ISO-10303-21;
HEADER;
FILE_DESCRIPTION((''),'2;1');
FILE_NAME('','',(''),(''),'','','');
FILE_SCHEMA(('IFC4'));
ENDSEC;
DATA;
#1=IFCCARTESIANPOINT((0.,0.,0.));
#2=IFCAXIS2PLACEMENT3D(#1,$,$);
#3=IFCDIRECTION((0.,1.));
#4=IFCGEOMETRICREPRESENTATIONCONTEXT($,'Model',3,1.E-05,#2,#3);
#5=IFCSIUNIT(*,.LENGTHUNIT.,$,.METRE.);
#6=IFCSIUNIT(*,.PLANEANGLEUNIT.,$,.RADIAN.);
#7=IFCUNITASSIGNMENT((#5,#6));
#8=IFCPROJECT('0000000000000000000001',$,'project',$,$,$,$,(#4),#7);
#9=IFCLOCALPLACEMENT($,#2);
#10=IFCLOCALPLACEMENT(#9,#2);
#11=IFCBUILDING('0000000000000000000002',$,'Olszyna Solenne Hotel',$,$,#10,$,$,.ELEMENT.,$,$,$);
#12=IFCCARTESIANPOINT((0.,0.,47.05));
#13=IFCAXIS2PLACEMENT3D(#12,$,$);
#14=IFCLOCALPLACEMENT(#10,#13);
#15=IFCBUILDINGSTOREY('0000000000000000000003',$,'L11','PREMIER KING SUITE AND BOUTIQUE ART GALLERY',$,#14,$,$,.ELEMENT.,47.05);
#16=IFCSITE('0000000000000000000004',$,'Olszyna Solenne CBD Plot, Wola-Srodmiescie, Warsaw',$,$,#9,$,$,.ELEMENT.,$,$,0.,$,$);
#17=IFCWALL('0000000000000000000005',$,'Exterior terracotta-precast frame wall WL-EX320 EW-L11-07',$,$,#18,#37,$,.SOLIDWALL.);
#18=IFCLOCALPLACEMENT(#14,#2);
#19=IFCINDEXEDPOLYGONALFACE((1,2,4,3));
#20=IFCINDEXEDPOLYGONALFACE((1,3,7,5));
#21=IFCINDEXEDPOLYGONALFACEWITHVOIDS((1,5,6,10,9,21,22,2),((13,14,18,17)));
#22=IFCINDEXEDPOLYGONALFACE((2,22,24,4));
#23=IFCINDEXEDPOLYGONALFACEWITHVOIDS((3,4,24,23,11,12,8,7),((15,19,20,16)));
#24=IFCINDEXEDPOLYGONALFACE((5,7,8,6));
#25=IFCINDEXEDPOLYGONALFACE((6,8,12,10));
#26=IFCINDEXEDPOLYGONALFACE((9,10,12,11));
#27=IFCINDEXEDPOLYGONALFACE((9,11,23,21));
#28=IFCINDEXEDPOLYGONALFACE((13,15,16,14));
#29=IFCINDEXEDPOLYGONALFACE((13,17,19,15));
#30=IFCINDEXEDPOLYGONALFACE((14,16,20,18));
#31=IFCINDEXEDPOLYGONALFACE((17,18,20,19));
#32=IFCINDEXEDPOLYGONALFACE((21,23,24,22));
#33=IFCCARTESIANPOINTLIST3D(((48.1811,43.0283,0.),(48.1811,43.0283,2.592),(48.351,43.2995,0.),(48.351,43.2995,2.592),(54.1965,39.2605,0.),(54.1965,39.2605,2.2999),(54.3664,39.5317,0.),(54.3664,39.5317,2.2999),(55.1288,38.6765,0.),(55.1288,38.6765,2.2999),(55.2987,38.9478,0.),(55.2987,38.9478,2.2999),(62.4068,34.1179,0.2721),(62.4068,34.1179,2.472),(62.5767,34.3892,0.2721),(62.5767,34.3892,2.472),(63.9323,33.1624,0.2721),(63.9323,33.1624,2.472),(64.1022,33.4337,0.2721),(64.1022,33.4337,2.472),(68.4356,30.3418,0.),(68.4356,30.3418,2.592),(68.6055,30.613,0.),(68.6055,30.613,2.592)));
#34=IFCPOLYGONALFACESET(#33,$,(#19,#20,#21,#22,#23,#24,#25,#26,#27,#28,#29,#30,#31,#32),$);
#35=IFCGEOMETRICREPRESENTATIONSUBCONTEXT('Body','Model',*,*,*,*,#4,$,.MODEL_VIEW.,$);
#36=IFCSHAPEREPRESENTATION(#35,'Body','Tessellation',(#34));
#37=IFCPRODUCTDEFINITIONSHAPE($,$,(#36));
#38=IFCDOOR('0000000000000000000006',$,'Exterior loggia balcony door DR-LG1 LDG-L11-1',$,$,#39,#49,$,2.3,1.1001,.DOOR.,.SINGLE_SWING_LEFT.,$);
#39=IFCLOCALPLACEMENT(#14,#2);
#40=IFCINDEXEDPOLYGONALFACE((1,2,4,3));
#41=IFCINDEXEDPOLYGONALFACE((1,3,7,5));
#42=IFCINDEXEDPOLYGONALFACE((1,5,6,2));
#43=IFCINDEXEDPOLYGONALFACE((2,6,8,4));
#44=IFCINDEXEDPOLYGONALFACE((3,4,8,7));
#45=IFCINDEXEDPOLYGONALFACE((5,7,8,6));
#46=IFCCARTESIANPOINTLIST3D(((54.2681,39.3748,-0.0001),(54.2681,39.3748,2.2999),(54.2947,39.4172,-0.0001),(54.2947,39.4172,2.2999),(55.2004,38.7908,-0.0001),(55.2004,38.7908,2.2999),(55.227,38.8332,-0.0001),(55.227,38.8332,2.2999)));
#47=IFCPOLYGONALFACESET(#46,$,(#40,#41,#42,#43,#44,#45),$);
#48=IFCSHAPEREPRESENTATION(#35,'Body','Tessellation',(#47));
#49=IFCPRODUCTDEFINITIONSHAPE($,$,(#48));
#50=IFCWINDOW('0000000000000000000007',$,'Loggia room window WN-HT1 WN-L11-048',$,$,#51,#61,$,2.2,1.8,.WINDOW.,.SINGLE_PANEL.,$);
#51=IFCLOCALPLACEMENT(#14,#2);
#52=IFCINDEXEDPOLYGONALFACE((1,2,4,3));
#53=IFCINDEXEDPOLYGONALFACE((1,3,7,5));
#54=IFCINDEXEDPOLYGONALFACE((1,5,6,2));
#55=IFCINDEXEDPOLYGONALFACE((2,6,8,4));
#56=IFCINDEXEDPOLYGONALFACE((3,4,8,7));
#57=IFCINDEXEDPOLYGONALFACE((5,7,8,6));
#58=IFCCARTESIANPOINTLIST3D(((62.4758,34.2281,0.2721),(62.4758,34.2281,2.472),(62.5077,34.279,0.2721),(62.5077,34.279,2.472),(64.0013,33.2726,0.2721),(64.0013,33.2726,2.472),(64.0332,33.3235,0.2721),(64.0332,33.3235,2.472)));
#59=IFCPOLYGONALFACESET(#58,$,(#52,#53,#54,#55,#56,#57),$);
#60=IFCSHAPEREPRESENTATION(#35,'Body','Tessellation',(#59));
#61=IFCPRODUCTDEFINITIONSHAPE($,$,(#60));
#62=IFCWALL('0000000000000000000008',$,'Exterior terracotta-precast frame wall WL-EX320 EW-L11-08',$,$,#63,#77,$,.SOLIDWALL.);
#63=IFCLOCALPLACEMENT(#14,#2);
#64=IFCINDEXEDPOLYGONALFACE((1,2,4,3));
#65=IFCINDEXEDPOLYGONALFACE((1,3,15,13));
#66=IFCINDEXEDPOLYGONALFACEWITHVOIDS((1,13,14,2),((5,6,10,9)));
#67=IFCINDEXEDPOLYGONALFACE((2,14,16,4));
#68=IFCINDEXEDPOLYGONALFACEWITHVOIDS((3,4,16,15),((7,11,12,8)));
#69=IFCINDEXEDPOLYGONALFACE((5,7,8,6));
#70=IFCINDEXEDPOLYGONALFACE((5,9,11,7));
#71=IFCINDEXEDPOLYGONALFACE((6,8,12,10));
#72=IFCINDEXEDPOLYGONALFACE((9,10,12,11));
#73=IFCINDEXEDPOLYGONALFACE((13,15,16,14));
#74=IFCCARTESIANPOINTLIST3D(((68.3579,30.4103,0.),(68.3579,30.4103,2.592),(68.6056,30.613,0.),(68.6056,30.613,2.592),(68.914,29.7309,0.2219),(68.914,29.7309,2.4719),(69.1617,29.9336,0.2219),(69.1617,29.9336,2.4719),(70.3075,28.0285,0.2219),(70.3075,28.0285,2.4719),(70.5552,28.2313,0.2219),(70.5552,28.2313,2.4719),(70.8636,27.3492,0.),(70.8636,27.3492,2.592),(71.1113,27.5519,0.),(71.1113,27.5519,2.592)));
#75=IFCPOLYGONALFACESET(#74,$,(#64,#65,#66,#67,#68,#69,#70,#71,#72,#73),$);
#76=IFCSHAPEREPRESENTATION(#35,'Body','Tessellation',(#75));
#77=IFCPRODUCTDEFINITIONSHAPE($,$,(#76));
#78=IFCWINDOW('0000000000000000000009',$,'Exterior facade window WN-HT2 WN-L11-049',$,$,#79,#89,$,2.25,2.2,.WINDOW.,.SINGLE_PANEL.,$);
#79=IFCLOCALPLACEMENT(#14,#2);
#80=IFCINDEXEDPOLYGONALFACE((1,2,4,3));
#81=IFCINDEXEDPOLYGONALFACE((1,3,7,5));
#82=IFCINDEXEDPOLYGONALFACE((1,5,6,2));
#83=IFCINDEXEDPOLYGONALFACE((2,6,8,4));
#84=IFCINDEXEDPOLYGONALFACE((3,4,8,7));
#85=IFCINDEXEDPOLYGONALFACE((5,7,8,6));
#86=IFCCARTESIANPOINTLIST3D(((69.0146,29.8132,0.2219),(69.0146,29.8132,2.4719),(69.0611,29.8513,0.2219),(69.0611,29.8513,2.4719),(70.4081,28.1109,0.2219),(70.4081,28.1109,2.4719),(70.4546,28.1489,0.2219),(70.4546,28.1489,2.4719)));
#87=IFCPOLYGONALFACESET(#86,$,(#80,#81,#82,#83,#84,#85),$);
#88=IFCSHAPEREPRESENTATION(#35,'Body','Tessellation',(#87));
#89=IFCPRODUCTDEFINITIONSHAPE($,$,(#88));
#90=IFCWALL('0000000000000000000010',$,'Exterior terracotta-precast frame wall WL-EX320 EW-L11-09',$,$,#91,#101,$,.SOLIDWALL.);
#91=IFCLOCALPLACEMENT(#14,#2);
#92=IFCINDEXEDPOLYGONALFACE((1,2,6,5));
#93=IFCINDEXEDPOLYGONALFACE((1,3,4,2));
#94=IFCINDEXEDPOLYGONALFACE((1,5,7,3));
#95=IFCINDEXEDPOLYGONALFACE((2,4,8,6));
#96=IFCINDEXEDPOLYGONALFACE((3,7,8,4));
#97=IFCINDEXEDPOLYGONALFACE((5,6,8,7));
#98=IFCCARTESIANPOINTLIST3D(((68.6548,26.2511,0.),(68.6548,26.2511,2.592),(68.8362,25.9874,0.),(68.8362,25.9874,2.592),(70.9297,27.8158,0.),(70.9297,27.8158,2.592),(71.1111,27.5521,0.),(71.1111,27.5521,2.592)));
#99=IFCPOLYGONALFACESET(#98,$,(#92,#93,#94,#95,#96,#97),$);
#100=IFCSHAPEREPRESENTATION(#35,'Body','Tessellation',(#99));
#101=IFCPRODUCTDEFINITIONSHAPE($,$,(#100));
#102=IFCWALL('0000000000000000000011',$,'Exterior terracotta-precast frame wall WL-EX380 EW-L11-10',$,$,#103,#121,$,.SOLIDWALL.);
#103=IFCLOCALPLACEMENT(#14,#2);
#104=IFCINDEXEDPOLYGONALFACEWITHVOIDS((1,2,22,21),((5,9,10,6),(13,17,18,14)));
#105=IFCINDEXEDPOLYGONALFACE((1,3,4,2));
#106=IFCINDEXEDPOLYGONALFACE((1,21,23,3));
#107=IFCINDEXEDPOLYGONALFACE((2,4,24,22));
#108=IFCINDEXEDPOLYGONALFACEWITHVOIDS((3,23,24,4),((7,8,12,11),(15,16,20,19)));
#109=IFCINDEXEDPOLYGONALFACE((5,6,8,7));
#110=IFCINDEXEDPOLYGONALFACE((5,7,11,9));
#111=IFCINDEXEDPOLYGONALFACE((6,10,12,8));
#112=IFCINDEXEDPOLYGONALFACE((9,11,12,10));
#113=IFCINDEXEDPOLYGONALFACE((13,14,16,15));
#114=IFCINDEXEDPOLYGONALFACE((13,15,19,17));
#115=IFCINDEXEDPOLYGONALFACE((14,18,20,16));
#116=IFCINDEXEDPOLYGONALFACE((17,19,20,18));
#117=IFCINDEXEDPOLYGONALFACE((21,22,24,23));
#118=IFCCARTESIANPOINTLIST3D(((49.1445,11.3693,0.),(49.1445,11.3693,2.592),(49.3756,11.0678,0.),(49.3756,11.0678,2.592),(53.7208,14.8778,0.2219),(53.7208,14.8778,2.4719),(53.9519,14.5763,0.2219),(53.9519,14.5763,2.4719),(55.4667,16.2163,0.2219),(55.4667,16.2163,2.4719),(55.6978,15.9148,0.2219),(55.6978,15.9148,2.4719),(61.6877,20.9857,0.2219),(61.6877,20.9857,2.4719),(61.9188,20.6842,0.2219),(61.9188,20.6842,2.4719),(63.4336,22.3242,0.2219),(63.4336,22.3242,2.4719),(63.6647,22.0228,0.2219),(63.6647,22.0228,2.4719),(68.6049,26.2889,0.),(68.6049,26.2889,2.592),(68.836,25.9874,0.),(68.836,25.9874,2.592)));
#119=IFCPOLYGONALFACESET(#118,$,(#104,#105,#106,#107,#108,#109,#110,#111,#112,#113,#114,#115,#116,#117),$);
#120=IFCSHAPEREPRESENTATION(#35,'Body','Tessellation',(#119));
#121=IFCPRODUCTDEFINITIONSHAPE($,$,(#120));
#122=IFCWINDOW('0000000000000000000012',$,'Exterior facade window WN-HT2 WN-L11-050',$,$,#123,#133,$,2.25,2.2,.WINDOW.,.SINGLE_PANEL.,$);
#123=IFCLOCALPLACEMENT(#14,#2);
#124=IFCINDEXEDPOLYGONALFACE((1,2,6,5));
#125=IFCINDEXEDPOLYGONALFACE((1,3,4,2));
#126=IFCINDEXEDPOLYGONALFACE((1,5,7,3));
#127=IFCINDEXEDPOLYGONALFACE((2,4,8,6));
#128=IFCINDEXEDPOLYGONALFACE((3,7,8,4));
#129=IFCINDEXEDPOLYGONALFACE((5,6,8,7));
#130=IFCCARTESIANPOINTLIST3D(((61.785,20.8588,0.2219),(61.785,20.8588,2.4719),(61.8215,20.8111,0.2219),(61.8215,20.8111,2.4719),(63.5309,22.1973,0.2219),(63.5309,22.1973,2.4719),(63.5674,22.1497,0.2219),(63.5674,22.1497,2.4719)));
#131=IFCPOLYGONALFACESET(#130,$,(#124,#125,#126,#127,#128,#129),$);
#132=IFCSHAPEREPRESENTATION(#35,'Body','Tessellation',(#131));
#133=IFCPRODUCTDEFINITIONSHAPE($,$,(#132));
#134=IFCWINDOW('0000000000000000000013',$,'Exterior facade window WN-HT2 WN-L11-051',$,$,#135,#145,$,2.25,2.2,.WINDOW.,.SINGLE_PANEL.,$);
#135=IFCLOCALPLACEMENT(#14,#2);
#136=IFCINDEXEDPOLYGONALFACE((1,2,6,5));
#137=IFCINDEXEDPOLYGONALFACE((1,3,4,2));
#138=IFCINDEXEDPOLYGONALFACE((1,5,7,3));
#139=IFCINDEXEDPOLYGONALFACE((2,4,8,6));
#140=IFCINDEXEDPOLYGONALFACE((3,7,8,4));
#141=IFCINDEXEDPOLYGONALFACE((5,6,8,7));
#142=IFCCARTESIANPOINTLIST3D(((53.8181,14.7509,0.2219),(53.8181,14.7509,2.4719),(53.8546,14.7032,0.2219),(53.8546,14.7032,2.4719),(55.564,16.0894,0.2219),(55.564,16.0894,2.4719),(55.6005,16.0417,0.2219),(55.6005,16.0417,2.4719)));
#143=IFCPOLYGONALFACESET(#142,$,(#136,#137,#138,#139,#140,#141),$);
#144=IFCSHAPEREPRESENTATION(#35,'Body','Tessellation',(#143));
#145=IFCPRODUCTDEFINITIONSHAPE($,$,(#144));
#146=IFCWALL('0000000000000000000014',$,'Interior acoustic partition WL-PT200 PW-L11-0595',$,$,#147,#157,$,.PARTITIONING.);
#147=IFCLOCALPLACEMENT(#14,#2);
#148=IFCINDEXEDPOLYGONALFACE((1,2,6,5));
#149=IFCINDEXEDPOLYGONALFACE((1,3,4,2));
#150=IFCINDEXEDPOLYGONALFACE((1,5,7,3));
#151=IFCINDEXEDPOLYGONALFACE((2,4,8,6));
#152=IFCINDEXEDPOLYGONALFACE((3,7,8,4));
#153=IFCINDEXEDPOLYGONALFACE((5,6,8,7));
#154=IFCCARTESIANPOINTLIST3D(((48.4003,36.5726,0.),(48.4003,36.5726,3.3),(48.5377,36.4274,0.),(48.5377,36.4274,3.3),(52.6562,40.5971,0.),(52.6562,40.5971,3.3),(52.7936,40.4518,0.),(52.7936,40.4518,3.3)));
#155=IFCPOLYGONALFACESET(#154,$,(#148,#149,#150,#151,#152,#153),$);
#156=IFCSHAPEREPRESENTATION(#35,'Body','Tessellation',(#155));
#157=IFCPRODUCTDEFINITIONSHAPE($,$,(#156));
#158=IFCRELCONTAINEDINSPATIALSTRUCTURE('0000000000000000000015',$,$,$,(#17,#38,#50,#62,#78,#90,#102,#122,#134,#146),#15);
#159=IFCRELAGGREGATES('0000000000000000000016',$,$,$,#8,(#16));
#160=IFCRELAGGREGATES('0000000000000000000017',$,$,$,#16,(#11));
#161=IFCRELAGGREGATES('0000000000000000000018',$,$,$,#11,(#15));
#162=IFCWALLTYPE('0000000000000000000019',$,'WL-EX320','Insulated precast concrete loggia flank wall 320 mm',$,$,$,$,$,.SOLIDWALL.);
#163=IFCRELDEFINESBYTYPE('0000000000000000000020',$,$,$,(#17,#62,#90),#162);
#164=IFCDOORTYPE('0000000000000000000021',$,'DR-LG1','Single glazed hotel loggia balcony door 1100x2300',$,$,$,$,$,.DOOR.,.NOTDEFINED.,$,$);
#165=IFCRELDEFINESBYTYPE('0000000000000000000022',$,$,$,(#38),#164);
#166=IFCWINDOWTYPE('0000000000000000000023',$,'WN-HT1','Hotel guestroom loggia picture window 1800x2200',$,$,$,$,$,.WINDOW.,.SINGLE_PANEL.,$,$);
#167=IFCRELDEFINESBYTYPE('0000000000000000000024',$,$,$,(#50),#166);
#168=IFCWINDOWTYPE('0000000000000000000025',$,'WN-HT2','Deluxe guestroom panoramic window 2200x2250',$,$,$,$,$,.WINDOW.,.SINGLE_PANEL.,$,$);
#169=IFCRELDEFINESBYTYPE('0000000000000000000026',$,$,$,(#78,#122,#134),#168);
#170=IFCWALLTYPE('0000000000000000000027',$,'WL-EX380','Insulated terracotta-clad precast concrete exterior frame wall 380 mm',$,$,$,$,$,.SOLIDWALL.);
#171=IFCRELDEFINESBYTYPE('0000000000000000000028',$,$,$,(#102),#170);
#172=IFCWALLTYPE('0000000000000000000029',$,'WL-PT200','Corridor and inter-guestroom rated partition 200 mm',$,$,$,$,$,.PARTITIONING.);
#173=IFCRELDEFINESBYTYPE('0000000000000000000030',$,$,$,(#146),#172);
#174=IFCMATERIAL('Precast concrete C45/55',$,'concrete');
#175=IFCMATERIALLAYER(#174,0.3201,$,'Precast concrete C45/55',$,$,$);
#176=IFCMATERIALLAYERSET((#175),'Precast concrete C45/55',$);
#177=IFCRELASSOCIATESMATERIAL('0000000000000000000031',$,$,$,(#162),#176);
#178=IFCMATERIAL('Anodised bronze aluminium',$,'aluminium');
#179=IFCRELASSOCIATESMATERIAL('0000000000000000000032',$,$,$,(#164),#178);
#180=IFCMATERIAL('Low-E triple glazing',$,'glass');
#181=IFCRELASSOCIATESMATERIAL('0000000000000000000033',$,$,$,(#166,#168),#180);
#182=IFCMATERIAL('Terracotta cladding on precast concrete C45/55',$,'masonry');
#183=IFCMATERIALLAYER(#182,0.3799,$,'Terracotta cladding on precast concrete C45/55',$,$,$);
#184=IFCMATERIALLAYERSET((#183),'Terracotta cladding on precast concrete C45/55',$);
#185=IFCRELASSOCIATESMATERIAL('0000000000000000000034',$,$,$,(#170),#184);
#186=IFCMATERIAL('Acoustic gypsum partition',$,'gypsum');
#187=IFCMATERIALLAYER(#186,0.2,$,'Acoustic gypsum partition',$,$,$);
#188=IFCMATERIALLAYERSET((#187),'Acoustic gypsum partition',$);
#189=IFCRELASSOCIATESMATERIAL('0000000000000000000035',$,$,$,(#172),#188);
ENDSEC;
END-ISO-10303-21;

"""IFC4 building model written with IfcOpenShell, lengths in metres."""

from ifc_helpers import new_model, si_unit, direction, frame, frame_2d, origin, place, context, subcontext, project, spatial, rectangle, extrude, source, transform, mapped, material, layer, layer_set, type_object, type_shapes, element, fill, save


model = new_model("IFC4")

# Units and contexts
model_context = context("Model", 3, precision=1e-05, world=origin(), true_north=direction((0.0, 1.0)))
body_context = subcontext(model_context, "Body", "Model", "MODEL_VIEW")
ifc_project = project(units=[si_unit("LENGTHUNIT", "METRE"), si_unit("PLANEANGLEUNIT", "RADIAN")], contexts=[model_context])

# Site, building, storey
site_placement = place(None, origin())
site = spatial("IfcSite", under=ifc_project, at=site_placement, Name="Olszyna Solenne CBD Plot, Wola-Srodmiescie, Warsaw", CompositionType="ELEMENT", RefElevation=0.0)
building_placement = place(site_placement, origin())
building = spatial("IfcBuilding", under=site, at=building_placement, Name="Olszyna Solenne Hotel", CompositionType="ELEMENT")
storey_placement = place(building_placement, frame((0.0, 0.0, 47.05)))
storey = spatial("IfcBuildingStorey", under=building, at=storey_placement, Name="L11", Description="PREMIER KING SUITE AND BOUTIQUE ART GALLERY", CompositionType="ELEMENT", Elevation=47.05)

# Shared definitions
ifc_material_1 = material(Name="Anodised bronze aluminium", Category="aluminium")

# Wall, openings, door, window
ifc_material_2 = material(Name="Precast concrete C45/55", Category="concrete")
ifc_layer_1 = layer(ifc_material_2, 0.3201, Name="Precast concrete C45/55")
ifc_layer_set_1 = layer_set([ifc_layer_1], Name="Precast concrete C45/55")
wall_type_1 = type_object("IfcWallType", Name="WL-EX320", Description="Insulated precast concrete loggia flank wall 320 mm", PredefinedType="SOLIDWALL", material=ifc_layer_set_1)
wall_1_placement = place(storey_placement, frame((48.2661, 43.1638, 0.0), z_axis=(0.0, 0.0, 1.0), x_axis=(0.847483, -0.530822, 0.0)))
wall_1 = element("IfcWall", 1, at=wall_1_placement, inside=storey, type_object=wall_type_1, Name="Exterior terracotta-precast frame wall WL-EX320 EW-L11-07", PredefinedType="SOLIDWALL", context=body_context, shape_type="SweptSolid", body=[
    extrude(rectangle(XDim=23.8997, YDim=0.3201, at=frame_2d((11.9497, 0.0))), origin(), (0.0, 0.0, 1.0), 2.592),
])
opening_1_placement = place(wall_1_placement, frame((7.0979, 0.0, 0.0)))
opening_1 = element("IfcOpeningElement", 2, at=opening_1_placement, cuts=wall_1, PredefinedType="OPENING", context=body_context, shape_type="SweptSolid", body=[
    extrude(rectangle(XDim=1.1001, YDim=2.3, at=frame_2d((0.55, 1.1499))), frame((0.0, 0.1699, 0.0), z_axis=(0.0, -1.0, 0.0), x_axis=(1.0, 0.0, 0.0)), (0.0, 0.0, 1.0), 0.3401),
])
opening_2_placement = place(wall_1_placement, frame((16.7859, 0.0, 0.272)))
opening_2 = element("IfcOpeningElement", 3, at=opening_2_placement, cuts=wall_1, PredefinedType="OPENING", context=body_context, shape_type="SweptSolid", body=[
    extrude(rectangle(XDim=1.8, YDim=2.2, at=frame_2d((0.8999, 1.1001))), frame((0.0, 0.1699, 0.0), z_axis=(0.0, -1.0, 0.0), x_axis=(1.0, 0.0, 0.0)), (0.0, 0.0, 1.0), 0.3401),
])
door_type_1 = type_object("IfcDoorType", Name="DR-LG1", Description="Single glazed hotel loggia balcony door 1100x2300", OperationType="NOTDEFINED", PredefinedType="DOOR", material=ifc_material_1)
shared_shape_1 = source(origin(), body_context, "Body", "SweptSolid", [
    extrude(rectangle(XDim=1.1001, YDim=2.3, at=frame_2d((0.55, 1.1499))), frame((0.0, 0.0249, 0.0), z_axis=(0.0, -1.0, 0.0), x_axis=(1.0, 0.0, 0.0)), (0.0, 0.0, 1.0), 0.05),
])
type_shapes(door_type_1, [shared_shape_1])
door_1_placement = place(opening_1_placement, origin())
door_1 = element("IfcDoor", 4, at=door_1_placement, inside=storey, type_object=door_type_1, Name="Exterior loggia balcony door DR-LG1 LDG-L11-1", OperationType="SINGLE_SWING_LEFT", OverallHeight=2.3, OverallWidth=1.1001, PredefinedType="DOOR", context=body_context, shape_type="MappedRepresentation", body=[
    mapped(shared_shape_1, transform((0.0, 0.0, 0.0), x_axis=(1.0, 0.0, 0.0), y_axis=(0.0, 1.0, 0.0), z_axis=(0.0, 0.0, 1.0), scale=1.0)),
])
fill(opening_1, door_1)
ifc_material_3 = material(Name="Low-E triple glazing", Category="glass")
window_type_1 = type_object("IfcWindowType", Name="WN-HT1", Description="Hotel guestroom loggia picture window 1800x2200", PartitioningType="SINGLE_PANEL", PredefinedType="WINDOW", material=ifc_material_3)
shared_shape_2 = source(origin(), body_context, "Body", "SweptSolid", [
    extrude(rectangle(XDim=1.8, YDim=2.2, at=frame_2d((0.8999, 1.1001))), frame((0.0, 0.03, 0.0), z_axis=(0.0, -1.0, 0.0), x_axis=(1.0, 0.0, 0.0)), (0.0, 0.0, 1.0), 0.0601),
])
type_shapes(window_type_1, [shared_shape_2])
window_1_placement = place(opening_2_placement, origin())
window_1 = element("IfcWindow", 5, at=window_1_placement, inside=storey, type_object=window_type_1, Name="Loggia room window WN-HT1 WN-L11-048", OverallHeight=2.2, OverallWidth=1.8, PartitioningType="SINGLE_PANEL", PredefinedType="WINDOW", context=body_context, shape_type="MappedRepresentation", body=[
    mapped(shared_shape_2, transform((0.0, 0.0, 0.0), x_axis=(1.0, 0.0, 0.0), y_axis=(0.0, 1.0, 0.0), z_axis=(0.0, 0.0, 1.0), scale=1.0)),
])
fill(opening_2, window_1)

# Wall, opening, window
wall_2_placement = place(storey_placement, frame((68.4817, 30.5117, 0.0), z_axis=(0.0, 0.0, 1.0), x_axis=(0.633409, -0.773817, 0.0)))
wall_2 = element("IfcWall", 6, at=wall_2_placement, inside=storey, type_object=wall_type_1, Name="Exterior terracotta-precast frame wall WL-EX320 EW-L11-08", PredefinedType="SOLIDWALL", context=body_context, shape_type="SweptSolid", body=[
    extrude(rectangle(XDim=3.9558, YDim=0.3201, at=frame_2d((1.978, 0.0))), origin(), (0.0, 0.0, 1.0), 2.592),
])
opening_3_placement = place(wall_2_placement, frame((0.8779, 0.0, 0.2219)))
opening_3 = element("IfcOpeningElement", 7, at=opening_3_placement, cuts=wall_2, PredefinedType="OPENING", context=body_context, shape_type="SweptSolid", body=[
    extrude(rectangle(XDim=2.2, YDim=2.25, at=frame_2d((1.1001, 1.125))), frame((0.0, 0.1699, 0.0), z_axis=(0.0, -1.0, 0.0), x_axis=(1.0, 0.0, 0.0)), (0.0, 0.0, 1.0), 0.3401),
])
window_type_2 = type_object("IfcWindowType", Name="WN-HT2", Description="Deluxe guestroom panoramic window 2200x2250", PartitioningType="SINGLE_PANEL", PredefinedType="WINDOW", material=ifc_material_3)
shared_shape_3 = source(origin(), body_context, "Body", "SweptSolid", [
    extrude(rectangle(XDim=2.2, YDim=2.25, at=frame_2d((1.1001, 1.125))), frame((0.0, 0.03, 0.0), z_axis=(0.0, -1.0, 0.0), x_axis=(1.0, 0.0, 0.0)), (0.0, 0.0, 1.0), 0.0601),
])
type_shapes(window_type_2, [shared_shape_3])
window_2_placement = place(opening_3_placement, origin())
window_2 = element("IfcWindow", 8, at=window_2_placement, inside=storey, type_object=window_type_2, Name="Exterior facade window WN-HT2 WN-L11-049", OverallHeight=2.25, OverallWidth=2.2, PartitioningType="SINGLE_PANEL", PredefinedType="WINDOW", context=body_context, shape_type="MappedRepresentation", body=[
    mapped(shared_shape_3, transform((0.0, 0.0, 0.0), x_axis=(1.0, 0.0, 0.0), y_axis=(0.0, 1.0, 0.0), z_axis=(0.0, 0.0, 1.0), scale=1.0)),
])
fill(opening_3, window_2)

# Wall
wall_3_placement = place(storey_placement, frame((71.0203, 27.6838, 0.0), z_axis=(0.0, 0.0, 1.0), x_axis=(-0.823923, -0.566701, 0.0)))
element("IfcWall", 9, at=wall_3_placement, inside=storey, type_object=wall_type_1, Name="Exterior terracotta-precast frame wall WL-EX320 EW-L11-09", PredefinedType="SOLIDWALL", context=body_context, shape_type="SweptSolid", body=[
    extrude(rectangle(XDim=2.761, YDim=0.3201, at=frame_2d((1.3804, 0.0))), origin(), (0.0, 0.0, 1.0), 2.592),
])

# Wall, openings, windows
ifc_material_4 = material(Name="Terracotta cladding on precast concrete C45/55", Category="masonry")
ifc_layer_2 = layer(ifc_material_4, 0.3799, Name="Terracotta cladding on precast concrete C45/55")
ifc_layer_set_2 = layer_set([ifc_layer_2], Name="Terracotta cladding on precast concrete C45/55")
wall_type_2 = type_object("IfcWallType", Name="WL-EX380", Description="Insulated terracotta-clad precast concrete exterior frame wall 380 mm", PredefinedType="SOLIDWALL", material=ifc_layer_set_2)
wall_4_placement = place(storey_placement, frame((68.7205, 26.1382, 0.0), z_axis=(0.0, 0.0, 1.0), x_axis=(-0.793606, -0.608432, 0.0)))
wall_4 = element("IfcWall", 10, at=wall_4_placement, inside=storey, type_object=wall_type_2, Name="Exterior terracotta-precast frame wall WL-EX380 EW-L11-10", PredefinedType="SOLIDWALL", context=body_context, shape_type="SweptSolid", body=[
    extrude(rectangle(XDim=24.5215, YDim=0.3799, at=frame_2d((12.2607, 0.0))), origin(), (0.0, 0.0, 1.0), 2.592),
])
opening_4_placement = place(wall_4_placement, frame((6.5161, 0.0, 0.2219)))
opening_4 = element("IfcOpeningElement", 11, at=opening_4_placement, cuts=wall_4, PredefinedType="OPENING", context=body_context, shape_type="SweptSolid", body=[
    extrude(rectangle(XDim=2.2, YDim=2.25, at=frame_2d((1.1001, 1.125))), frame((0.0, 0.2, 0.0), z_axis=(0.0, -1.0, 0.0), x_axis=(1.0, 0.0, 0.0)), (0.0, 0.0, 1.0), 0.3999),
])
opening_5_placement = place(wall_4_placement, frame((16.5549, 0.0, 0.2219)))
opening_5 = element("IfcOpeningElement", 12, at=opening_5_placement, cuts=wall_4, PredefinedType="OPENING", context=body_context, shape_type="SweptSolid", body=[
    extrude(rectangle(XDim=2.2, YDim=2.25, at=frame_2d((1.1001, 1.125))), frame((0.0, 0.2, 0.0), z_axis=(0.0, -1.0, 0.0), x_axis=(1.0, 0.0, 0.0)), (0.0, 0.0, 1.0), 0.3999),
])
window_3_placement = place(opening_4_placement, origin())
window_3 = element("IfcWindow", 13, at=window_3_placement, inside=storey, type_object=window_type_2, Name="Exterior facade window WN-HT2 WN-L11-050", OverallHeight=2.25, OverallWidth=2.2, PartitioningType="SINGLE_PANEL", PredefinedType="WINDOW", context=body_context, shape_type="MappedRepresentation", body=[
    mapped(shared_shape_3, transform((0.0, 0.0, 0.0), x_axis=(1.0, 0.0, 0.0), y_axis=(0.0, 1.0, 0.0), z_axis=(0.0, 0.0, 1.0), scale=1.0)),
])
fill(opening_4, window_3)
window_4_placement = place(opening_5_placement, origin())
window_4 = element("IfcWindow", 14, at=window_4_placement, inside=storey, type_object=window_type_2, Name="Exterior facade window WN-HT2 WN-L11-051", OverallHeight=2.25, OverallWidth=2.2, PartitioningType="SINGLE_PANEL", PredefinedType="WINDOW", context=body_context, shape_type="MappedRepresentation", body=[
    mapped(shared_shape_3, transform((0.0, 0.0, 0.0), x_axis=(1.0, 0.0, 0.0), y_axis=(0.0, 1.0, 0.0), z_axis=(0.0, 0.0, 1.0), scale=1.0)),
])
fill(opening_5, window_4)

# Wall
ifc_material_5 = material(Name="Acoustic gypsum partition", Category="gypsum")
ifc_layer_3 = layer(ifc_material_5, 0.2, Name="Acoustic gypsum partition")
ifc_layer_set_3 = layer_set([ifc_layer_3], Name="Acoustic gypsum partition")
wall_type_3 = type_object("IfcWallType", Name="WL-PT200", Description="Corridor and inter-guestroom rated partition 200 mm", PredefinedType="PARTITIONING", material=ifc_layer_set_3)
wall_5_placement = place(storey_placement, frame((48.469, 36.5, 0.0), z_axis=(0.0, 0.0, 1.0), x_axis=(0.726588, 0.687074, 0.0)))
element("IfcWall", 15, at=wall_5_placement, inside=storey, type_object=wall_type_3, Name="Interior acoustic partition WL-PT200 PW-L11-0595", PredefinedType="PARTITIONING", context=body_context, shape_type="SweptSolid", body=[
    extrude(rectangle(XDim=5.8574, YDim=0.2, at=frame_2d((2.9287, 0.0))), origin(), (0.0, 0.0, 1.0), 3.3),
])

save(model, "model.ifc")
